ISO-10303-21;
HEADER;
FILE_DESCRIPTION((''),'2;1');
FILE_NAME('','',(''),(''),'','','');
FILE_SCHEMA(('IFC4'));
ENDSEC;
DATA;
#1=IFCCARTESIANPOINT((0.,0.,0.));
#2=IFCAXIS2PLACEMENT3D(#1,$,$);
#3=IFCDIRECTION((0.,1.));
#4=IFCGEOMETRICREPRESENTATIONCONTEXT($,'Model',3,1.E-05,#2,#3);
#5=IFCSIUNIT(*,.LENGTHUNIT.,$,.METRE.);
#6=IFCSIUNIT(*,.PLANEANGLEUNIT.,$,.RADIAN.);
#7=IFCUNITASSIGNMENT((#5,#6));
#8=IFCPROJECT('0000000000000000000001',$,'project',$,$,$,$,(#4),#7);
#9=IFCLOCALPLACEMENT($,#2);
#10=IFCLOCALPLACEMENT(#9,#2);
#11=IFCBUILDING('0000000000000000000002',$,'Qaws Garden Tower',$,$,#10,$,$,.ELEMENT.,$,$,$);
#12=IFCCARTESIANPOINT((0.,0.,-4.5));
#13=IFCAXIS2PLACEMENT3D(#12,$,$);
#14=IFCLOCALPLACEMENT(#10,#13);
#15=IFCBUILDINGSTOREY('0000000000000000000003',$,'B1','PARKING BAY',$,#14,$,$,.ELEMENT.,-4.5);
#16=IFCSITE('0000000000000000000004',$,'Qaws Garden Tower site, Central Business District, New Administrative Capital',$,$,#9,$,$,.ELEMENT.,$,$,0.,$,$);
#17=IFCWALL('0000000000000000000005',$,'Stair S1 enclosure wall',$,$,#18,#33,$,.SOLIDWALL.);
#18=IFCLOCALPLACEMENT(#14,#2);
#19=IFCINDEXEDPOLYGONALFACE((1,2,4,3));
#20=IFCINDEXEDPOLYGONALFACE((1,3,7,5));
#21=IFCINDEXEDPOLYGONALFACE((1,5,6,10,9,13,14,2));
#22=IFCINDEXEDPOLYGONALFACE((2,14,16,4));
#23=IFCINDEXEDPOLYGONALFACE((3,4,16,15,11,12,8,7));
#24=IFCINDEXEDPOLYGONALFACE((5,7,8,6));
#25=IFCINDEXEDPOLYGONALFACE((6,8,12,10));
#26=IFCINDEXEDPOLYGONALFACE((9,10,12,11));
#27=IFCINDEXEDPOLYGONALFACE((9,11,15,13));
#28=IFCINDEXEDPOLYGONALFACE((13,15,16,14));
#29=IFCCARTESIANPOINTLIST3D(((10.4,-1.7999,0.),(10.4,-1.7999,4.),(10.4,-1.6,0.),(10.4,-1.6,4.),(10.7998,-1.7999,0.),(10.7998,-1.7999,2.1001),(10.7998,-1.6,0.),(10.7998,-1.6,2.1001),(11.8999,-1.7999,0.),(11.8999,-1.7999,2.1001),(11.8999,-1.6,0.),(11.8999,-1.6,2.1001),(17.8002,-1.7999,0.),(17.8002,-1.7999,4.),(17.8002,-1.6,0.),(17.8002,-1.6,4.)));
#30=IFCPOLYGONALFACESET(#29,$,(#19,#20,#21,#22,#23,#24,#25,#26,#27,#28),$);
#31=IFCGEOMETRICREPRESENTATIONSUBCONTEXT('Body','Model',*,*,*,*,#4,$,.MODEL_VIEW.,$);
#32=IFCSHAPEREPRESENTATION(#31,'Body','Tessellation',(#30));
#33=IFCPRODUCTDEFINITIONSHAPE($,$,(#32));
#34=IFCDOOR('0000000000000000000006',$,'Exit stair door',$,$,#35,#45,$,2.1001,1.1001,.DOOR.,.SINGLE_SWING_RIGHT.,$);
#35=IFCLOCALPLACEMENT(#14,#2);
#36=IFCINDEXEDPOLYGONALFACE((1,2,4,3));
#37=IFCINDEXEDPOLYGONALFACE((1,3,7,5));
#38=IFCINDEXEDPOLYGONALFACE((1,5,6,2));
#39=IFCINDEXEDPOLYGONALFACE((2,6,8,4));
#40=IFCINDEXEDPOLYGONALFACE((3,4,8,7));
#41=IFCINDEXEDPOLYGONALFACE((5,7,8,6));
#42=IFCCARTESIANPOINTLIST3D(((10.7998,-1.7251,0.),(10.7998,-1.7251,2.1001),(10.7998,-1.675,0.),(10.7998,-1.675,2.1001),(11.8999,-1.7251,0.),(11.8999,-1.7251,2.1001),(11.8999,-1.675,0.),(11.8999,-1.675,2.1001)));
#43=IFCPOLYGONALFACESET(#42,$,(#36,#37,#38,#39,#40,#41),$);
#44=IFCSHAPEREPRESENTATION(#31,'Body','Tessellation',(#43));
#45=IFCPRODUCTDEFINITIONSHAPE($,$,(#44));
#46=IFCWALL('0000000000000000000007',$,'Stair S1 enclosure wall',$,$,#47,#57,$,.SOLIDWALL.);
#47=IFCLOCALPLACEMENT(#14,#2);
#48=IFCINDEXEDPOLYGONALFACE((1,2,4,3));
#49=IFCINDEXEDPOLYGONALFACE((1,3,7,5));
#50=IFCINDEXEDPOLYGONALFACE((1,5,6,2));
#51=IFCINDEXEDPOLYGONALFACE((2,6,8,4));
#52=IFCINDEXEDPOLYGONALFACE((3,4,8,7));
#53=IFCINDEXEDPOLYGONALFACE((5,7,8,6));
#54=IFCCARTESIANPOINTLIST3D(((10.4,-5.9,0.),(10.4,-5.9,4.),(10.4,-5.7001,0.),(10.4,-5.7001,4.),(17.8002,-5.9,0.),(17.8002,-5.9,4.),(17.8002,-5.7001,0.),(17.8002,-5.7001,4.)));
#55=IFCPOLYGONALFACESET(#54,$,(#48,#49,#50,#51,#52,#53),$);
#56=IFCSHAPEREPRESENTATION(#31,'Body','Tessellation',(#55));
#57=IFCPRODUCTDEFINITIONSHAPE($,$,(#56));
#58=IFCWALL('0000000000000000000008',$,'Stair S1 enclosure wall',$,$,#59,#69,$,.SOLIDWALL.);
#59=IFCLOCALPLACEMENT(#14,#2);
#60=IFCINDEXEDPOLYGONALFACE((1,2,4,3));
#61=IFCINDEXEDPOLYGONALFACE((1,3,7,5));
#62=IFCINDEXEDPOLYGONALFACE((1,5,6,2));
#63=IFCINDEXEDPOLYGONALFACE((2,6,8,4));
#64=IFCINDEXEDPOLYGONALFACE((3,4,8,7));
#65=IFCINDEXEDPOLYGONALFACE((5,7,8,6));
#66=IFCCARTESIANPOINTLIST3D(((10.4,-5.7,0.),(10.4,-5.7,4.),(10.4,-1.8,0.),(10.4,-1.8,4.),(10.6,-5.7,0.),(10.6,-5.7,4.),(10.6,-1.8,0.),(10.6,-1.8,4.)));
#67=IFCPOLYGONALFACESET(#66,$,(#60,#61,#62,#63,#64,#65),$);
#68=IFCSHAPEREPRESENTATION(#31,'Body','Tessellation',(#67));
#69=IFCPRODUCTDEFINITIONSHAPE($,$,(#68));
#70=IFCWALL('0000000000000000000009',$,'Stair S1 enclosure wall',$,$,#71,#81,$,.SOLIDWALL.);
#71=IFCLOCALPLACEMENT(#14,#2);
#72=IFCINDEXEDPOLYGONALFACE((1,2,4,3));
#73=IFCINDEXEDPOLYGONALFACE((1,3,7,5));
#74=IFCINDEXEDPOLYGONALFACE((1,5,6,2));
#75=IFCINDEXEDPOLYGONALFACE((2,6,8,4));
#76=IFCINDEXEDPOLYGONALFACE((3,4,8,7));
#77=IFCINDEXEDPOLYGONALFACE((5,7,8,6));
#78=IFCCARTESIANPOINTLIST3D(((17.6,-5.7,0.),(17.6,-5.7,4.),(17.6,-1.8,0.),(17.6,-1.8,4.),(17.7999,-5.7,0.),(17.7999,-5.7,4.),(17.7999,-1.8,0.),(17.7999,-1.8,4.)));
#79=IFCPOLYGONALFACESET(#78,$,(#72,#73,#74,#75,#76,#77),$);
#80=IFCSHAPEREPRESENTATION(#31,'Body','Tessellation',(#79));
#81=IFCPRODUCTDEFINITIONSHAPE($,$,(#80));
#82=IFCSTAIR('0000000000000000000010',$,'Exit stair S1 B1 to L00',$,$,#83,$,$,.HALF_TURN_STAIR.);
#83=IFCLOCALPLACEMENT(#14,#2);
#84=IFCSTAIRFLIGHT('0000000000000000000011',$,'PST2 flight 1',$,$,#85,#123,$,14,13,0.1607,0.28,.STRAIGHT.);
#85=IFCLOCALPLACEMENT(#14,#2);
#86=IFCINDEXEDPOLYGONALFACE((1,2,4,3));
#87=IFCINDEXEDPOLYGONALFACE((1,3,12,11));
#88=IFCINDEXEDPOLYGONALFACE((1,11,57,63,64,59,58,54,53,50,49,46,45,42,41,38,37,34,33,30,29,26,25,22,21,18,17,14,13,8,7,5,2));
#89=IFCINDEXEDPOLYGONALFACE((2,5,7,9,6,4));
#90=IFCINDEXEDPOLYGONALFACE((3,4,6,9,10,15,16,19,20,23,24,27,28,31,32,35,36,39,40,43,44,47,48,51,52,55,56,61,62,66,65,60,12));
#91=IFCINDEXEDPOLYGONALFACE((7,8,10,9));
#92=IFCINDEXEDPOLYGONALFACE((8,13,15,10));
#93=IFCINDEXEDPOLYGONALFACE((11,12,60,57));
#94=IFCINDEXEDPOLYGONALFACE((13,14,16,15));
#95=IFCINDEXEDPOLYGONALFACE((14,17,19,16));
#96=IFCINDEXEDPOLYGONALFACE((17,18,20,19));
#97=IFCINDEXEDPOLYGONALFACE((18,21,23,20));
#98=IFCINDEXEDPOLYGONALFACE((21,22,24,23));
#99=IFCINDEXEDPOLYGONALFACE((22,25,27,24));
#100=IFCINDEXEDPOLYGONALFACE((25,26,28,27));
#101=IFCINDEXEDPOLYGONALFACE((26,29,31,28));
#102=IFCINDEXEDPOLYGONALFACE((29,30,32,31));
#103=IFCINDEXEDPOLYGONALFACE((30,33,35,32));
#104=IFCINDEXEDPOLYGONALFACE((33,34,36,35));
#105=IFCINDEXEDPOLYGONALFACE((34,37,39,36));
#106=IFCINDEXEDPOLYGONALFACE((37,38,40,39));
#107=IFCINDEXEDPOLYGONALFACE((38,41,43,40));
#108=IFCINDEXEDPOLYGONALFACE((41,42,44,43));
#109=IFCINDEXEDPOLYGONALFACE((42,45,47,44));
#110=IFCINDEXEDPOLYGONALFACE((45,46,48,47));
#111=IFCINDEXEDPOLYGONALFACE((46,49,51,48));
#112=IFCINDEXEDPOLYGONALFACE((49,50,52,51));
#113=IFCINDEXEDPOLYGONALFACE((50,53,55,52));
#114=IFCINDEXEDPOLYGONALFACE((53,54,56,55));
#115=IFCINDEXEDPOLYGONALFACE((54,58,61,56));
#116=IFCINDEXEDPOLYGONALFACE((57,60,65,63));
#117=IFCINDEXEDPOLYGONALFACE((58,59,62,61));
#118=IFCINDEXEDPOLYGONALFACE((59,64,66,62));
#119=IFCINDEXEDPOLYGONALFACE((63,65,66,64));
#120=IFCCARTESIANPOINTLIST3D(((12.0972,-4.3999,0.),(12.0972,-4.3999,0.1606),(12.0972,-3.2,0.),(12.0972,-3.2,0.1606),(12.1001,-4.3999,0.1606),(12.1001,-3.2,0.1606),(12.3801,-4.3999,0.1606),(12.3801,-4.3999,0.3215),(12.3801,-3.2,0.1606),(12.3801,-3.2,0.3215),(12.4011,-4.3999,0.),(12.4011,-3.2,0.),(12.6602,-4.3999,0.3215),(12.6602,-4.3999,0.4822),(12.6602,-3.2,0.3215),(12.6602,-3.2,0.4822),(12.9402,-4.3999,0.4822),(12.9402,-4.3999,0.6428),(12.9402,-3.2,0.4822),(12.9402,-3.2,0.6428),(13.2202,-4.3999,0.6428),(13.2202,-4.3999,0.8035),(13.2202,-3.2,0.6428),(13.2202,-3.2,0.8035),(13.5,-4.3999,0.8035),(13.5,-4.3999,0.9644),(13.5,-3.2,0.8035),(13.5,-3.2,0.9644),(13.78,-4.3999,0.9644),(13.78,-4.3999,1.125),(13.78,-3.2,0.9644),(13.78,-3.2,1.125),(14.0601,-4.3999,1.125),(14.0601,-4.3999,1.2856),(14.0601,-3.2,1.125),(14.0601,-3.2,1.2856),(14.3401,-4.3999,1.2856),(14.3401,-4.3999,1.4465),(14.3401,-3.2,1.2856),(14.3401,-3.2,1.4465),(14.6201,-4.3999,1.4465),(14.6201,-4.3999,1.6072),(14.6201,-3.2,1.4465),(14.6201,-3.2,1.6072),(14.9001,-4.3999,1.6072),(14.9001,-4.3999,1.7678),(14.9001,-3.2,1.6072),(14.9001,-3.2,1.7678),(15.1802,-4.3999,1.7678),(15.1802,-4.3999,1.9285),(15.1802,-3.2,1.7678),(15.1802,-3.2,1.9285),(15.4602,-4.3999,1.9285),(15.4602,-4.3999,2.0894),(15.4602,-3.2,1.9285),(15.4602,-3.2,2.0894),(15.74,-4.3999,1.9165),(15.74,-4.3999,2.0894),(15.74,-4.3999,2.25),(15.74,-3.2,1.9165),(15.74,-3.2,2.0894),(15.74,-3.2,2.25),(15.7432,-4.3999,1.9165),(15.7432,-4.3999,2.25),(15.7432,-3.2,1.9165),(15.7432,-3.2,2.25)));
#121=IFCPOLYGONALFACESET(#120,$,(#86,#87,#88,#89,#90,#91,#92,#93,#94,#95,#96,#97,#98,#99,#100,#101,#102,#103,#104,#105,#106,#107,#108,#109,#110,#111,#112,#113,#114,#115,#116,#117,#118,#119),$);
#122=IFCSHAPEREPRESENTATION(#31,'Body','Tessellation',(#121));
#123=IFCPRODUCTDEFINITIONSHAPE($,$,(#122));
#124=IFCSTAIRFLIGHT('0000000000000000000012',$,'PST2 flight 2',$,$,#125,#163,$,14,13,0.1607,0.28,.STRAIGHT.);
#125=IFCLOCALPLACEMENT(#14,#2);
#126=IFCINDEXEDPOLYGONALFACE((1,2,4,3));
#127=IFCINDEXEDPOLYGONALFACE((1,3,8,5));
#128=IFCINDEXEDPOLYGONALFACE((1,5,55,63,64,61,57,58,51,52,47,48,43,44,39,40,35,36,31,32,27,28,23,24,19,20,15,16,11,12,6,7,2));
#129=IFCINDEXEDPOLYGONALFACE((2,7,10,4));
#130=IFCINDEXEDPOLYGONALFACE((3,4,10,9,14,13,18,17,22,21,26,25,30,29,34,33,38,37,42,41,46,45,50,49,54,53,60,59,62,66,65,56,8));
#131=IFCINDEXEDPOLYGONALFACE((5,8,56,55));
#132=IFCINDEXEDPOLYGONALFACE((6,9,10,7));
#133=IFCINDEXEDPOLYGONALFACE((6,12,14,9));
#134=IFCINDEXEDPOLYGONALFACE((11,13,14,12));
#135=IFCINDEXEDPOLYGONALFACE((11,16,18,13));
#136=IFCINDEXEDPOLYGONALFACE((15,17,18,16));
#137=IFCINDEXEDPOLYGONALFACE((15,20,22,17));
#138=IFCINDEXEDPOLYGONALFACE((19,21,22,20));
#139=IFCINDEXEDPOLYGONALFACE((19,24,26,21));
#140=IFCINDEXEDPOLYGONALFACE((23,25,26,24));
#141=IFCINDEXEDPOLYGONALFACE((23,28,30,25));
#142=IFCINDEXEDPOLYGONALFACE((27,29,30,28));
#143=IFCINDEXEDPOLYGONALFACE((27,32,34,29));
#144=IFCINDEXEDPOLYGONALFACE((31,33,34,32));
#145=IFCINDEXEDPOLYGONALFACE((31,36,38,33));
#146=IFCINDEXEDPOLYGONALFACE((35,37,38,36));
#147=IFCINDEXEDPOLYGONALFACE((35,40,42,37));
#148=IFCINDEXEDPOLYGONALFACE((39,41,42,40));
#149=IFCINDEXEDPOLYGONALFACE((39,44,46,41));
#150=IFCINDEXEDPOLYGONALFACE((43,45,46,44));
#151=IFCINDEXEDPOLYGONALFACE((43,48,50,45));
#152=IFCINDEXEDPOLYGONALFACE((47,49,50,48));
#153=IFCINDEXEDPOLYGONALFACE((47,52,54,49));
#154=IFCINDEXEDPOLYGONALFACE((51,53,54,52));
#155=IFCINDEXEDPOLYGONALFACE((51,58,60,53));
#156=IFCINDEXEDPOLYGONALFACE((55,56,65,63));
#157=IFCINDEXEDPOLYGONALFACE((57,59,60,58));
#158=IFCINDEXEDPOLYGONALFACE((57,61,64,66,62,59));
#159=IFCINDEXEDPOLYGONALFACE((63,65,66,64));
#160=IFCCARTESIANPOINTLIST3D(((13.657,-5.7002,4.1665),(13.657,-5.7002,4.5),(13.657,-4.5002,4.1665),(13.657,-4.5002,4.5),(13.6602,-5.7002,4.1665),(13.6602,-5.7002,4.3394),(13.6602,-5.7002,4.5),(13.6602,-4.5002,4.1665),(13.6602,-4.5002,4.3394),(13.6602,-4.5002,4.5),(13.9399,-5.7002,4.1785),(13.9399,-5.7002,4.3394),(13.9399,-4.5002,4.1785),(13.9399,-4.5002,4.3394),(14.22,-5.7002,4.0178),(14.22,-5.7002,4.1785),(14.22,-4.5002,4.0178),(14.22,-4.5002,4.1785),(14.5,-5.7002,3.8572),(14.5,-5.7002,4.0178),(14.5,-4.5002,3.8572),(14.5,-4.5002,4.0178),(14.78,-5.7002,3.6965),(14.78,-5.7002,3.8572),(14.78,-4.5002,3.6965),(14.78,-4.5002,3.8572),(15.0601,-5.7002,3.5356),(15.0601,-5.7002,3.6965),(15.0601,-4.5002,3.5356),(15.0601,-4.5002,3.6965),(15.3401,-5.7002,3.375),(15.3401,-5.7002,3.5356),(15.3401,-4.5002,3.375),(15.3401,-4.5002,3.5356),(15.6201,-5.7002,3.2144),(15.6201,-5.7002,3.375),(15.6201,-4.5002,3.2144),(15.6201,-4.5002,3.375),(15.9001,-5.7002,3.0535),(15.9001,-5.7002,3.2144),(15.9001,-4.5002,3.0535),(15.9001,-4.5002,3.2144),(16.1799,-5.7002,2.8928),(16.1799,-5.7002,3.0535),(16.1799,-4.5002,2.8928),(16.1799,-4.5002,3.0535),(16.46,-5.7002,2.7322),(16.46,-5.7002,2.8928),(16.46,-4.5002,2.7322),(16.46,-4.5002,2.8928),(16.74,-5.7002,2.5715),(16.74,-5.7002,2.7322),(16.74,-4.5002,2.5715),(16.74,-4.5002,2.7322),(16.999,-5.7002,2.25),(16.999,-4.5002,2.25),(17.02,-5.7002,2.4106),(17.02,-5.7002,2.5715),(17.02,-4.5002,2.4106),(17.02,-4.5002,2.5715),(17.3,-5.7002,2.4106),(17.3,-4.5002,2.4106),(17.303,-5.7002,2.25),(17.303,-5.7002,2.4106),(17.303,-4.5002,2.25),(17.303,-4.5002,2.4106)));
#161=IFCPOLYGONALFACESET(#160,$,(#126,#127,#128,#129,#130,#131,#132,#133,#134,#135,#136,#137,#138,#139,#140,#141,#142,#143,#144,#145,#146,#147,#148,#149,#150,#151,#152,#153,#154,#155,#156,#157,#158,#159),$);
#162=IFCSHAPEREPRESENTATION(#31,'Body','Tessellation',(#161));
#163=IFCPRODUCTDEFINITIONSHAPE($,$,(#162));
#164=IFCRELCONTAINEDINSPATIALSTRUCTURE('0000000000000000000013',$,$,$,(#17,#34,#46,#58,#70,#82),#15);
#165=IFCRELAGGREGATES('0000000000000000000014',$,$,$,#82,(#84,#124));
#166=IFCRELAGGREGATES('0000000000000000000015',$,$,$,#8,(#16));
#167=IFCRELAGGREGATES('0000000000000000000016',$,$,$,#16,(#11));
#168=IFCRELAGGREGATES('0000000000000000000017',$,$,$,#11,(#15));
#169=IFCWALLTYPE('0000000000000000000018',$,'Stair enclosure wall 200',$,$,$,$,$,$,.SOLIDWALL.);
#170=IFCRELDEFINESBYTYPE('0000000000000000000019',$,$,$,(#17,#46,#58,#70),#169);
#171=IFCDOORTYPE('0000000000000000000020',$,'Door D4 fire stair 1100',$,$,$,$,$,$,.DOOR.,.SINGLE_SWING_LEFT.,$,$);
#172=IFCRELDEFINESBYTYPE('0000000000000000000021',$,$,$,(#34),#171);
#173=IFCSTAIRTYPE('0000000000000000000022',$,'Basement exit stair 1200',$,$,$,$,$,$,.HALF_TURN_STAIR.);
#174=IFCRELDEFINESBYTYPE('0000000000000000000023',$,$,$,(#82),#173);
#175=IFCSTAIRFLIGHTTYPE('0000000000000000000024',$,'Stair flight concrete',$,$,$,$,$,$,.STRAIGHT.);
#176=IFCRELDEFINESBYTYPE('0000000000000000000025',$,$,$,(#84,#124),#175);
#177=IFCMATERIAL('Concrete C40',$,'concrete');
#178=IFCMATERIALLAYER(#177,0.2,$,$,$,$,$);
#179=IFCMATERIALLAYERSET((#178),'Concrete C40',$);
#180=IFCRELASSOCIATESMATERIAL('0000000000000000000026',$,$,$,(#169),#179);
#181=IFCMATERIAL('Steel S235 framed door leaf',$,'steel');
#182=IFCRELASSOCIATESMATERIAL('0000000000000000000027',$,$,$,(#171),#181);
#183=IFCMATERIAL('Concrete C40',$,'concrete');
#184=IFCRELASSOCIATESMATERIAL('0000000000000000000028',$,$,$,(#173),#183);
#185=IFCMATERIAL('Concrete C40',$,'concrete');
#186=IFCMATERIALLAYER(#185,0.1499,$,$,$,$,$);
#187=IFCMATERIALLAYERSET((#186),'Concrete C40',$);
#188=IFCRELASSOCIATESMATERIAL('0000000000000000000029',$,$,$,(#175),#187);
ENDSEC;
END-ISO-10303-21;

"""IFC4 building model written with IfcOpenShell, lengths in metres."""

from ifc_helpers import new_model, si_unit, direction, frame, frame_2d, origin, place, context, subcontext, project, spatial, polyline, rectangle, outline, extrude, material, layer, layer_set, type_object, element, fill, aggregate, save


model = new_model("IFC4")

# Units and contexts
model_context = context("Model", 3, precision=1e-05, world=origin(), true_north=direction((0.0, 1.0)))
body_context = subcontext(model_context, "Body", "Model", "MODEL_VIEW")
ifc_project = project(units=[si_unit("LENGTHUNIT", "METRE"), si_unit("PLANEANGLEUNIT", "RADIAN")], contexts=[model_context])

# Site, building, storey
site_placement = place(None, origin())
site = spatial("IfcSite", under=ifc_project, at=site_placement, Name="Qaws Garden Tower site, Central Business District, New Administrative Capital", CompositionType="ELEMENT", RefElevation=0.0)
building_placement = place(site_placement, origin())
building = spatial("IfcBuilding", under=site, at=building_placement, Name="Qaws Garden Tower", CompositionType="ELEMENT")
storey_placement = place(building_placement, frame((0.0, 0.0, -4.5)))
storey = spatial("IfcBuildingStorey", under=building, at=storey_placement, Name="B1", Description="PARKING BAY", CompositionType="ELEMENT", Elevation=-4.5)

# Wall, opening, door
ifc_material_1 = material(Name="Concrete C40", Category="concrete")
ifc_layer_1 = layer(ifc_material_1, 0.2)
ifc_layer_set_1 = layer_set([ifc_layer_1], Name="Concrete C40")
wall_type_1 = type_object("IfcWallType", Name="Stair enclosure wall 200", PredefinedType="SOLIDWALL", material=ifc_layer_set_1)
wall_1_placement = place(storey_placement, frame((10.3999, -1.7, 0.0), z_axis=(0.0, 0.0, 1.0), x_axis=(1.0, 0.0, 0.0)))
wall_1 = element("IfcWall", 1, at=wall_1_placement, inside=storey, type_object=wall_type_1, Name="Stair S1 enclosure wall", PredefinedType="SOLIDWALL", context=body_context, shape_type="SweptSolid", body=[
    extrude(rectangle(XDim=7.4001, YDim=0.2, at=frame_2d((3.7002, 0.0))), origin(), (0.0, 0.0, 1.0), 4.0),
])
opening_placement = place(wall_1_placement, frame((0.3999, 0.0, 0.0)))
opening = element("IfcOpeningElement", 2, at=opening_placement, cuts=wall_1, PredefinedType="OPENING", context=body_context, shape_type="SweptSolid", body=[
    extrude(rectangle(XDim=1.1001, YDim=2.1001, at=frame_2d((0.55, 1.05))), frame((0.0, 0.1099, 0.0), z_axis=(0.0, -1.0, 0.0), x_axis=(1.0, 0.0, 0.0)), (0.0, 0.0, 1.0), 0.22),
])
ifc_material_2 = material(Name="Steel S235 framed door leaf", Category="steel")
door_type = type_object("IfcDoorType", Name="Door D4 fire stair 1100", OperationType="SINGLE_SWING_LEFT", PredefinedType="DOOR", material=ifc_material_2)
door_placement = place(opening_placement, origin())
door = element("IfcDoor", 3, at=door_placement, inside=storey, type_object=door_type, Name="Exit stair door", OperationType="SINGLE_SWING_RIGHT", OverallHeight=2.1001, OverallWidth=1.1001, PredefinedType="DOOR", context=body_context, shape_type="SweptSolid", body=[
    extrude(rectangle(XDim=1.1001, YDim=2.1001, at=frame_2d((0.55, 1.05))), frame((0.0, 0.0249, 0.0), z_axis=(0.0, -1.0, 0.0), x_axis=(1.0, 0.0, 0.0)), (0.0, 0.0, 1.0), 0.05),
])
fill(opening, door)

# Walls
wall_2_placement = place(storey_placement, frame((10.3999, -5.8, 0.0), z_axis=(0.0, 0.0, 1.0), x_axis=(1.0, 0.0, 0.0)))
element("IfcWall", 4, at=wall_2_placement, inside=storey, type_object=wall_type_1, Name="Stair S1 enclosure wall", PredefinedType="SOLIDWALL", context=body_context, shape_type="SweptSolid", body=[
    extrude(rectangle(XDim=7.4001, YDim=0.2, at=frame_2d((3.7002, 0.0))), origin(), (0.0, 0.0, 1.0), 4.0),
])
for number, where, z_axis, x_axis, name in (
    (5, (10.5, -1.8, 0.0), (0.0, 0.0, 1.0), (0.0, -1.0, 0.0), "Stair S1 enclosure wall"),
    (6, (17.7, -1.8, 0.0), (0.0, 0.0, 1.0), (0.0, -1.0, 0.0), "Stair S1 enclosure wall"),
):
    element("IfcWall", number, at=place(storey_placement, frame(where, z_axis=z_axis, x_axis=x_axis)), inside=storey, type_object=wall_type_1, Name=name, PredefinedType="SOLIDWALL", context=body_context, shape_type="SweptSolid", body=[
        extrude(rectangle(XDim=3.8999, YDim=0.2, at=frame_2d((1.95, 0.0))), origin(), (0.0, 0.0, 1.0), 4.0),
    ])

# Stair, stair flights
ifc_material_3 = material(Name="Concrete C40", Category="concrete")
stair_type = type_object("IfcStairType", Name="Basement exit stair 1200", PredefinedType="HALF_TURN_STAIR", material=ifc_material_3)
stair_placement = place(storey_placement, origin())
stair = element("IfcStair", 7, at=stair_placement, inside=storey, type_object=stair_type, Name="Exit stair S1 B1 to L00", PredefinedType="HALF_TURN_STAIR")
ifc_material_4 = material(Name="Concrete C40", Category="concrete")
ifc_layer_2 = layer(ifc_material_4, 0.1499)
ifc_layer_set_2 = layer_set([ifc_layer_2], Name="Concrete C40")
stair_flight_type = type_object("IfcStairFlightType", Name="Stair flight concrete", PredefinedType="STRAIGHT", material=ifc_layer_set_2)
stair_flight_1_placement = place(storey_placement, frame((12.1001, -3.8, 0.0), z_axis=(0.0, 0.0, 1.0), x_axis=(1.0, 0.0, 0.0)))
stair_flight_1 = element("IfcStairFlight", 8, at=stair_flight_1_placement, type_object=stair_flight_type, Name="PST2 flight 1", NumberOfRisers=14, NumberOfTreads=13, PredefinedType="STRAIGHT", RiserHeight=0.1607, TreadLength=0.28, context=body_context, shape_type="SweptSolid", body=[
    extrude(outline(polyline([(-0.0029, 0.0), (-0.0029, 0.1606), (0.0, 0.1606), (0.28, 0.1606), (0.28, 0.3215), (0.5601, 0.3215), (0.5601, 0.4822), (0.8401, 0.4822), (0.8401, 0.6428), (1.1201, 0.6428), (1.1201, 0.8035), (1.3999, 0.8035), (1.3999, 0.9644), (1.6799, 0.9644), (1.6799, 1.125), (1.96, 1.125), (1.96, 1.2856), (2.24, 1.2856), (2.24, 1.4465), (2.52, 1.4465), (2.52, 1.6072), (2.8, 1.6072), (2.8, 1.7678), (3.0801, 1.7678), (3.0801, 1.9285), (3.3601, 1.9285), (3.3601, 2.0894), (3.6399, 2.0894), (3.6399, 2.25), (3.6431, 2.25), (3.6431, 1.9165), (3.6399, 1.9165), (0.301, 0.0), (-0.0029, 0.0)])), frame((0.0, 0.6001, 0.0), z_axis=(0.0, -1.0, 0.0), x_axis=(1.0, 0.0, 0.0)), (0.0, 0.0, 1.0), 1.2),
])
stair_flight_2_placement = place(storey_placement, frame((17.3, -5.1001, 2.25), z_axis=(0.0, 0.0, 1.0), x_axis=(-1.0, 0.0, 0.0)))
stair_flight_2 = element("IfcStairFlight", 9, at=stair_flight_2_placement, type_object=stair_flight_type, Name="PST2 flight 2", NumberOfRisers=14, NumberOfTreads=13, PredefinedType="STRAIGHT", RiserHeight=0.1607, TreadLength=0.28, context=body_context, shape_type="SweptSolid", body=[
    extrude(outline(polyline([(-0.0029, 0.0), (-0.0029, 0.1606), (0.0, 0.1606), (0.28, 0.1606), (0.28, 0.3215), (0.5601, 0.3215), (0.5601, 0.4822), (0.8401, 0.4822), (0.8401, 0.6428), (1.1201, 0.6428), (1.1201, 0.8035), (1.3999, 0.8035), (1.3999, 0.9644), (1.6799, 0.9644), (1.6799, 1.125), (1.96, 1.125), (1.96, 1.2856), (2.24, 1.2856), (2.24, 1.4465), (2.52, 1.4465), (2.52, 1.6072), (2.8, 1.6072), (2.8, 1.7678), (3.0801, 1.7678), (3.0801, 1.9285), (3.3601, 1.9285), (3.3601, 2.0894), (3.6399, 2.0894), (3.6399, 2.25), (3.6431, 2.25), (3.6431, 1.9165), (3.6399, 1.9165), (0.301, 0.0), (-0.0029, 0.0)])), frame((0.0, 0.6001, 0.0), z_axis=(0.0, -1.0, 0.0), x_axis=(1.0, 0.0, 0.0)), (0.0, 0.0, 1.0), 1.2),
])
aggregate(stair, [stair_flight_1, stair_flight_2])

save(model, "model.ifc")
